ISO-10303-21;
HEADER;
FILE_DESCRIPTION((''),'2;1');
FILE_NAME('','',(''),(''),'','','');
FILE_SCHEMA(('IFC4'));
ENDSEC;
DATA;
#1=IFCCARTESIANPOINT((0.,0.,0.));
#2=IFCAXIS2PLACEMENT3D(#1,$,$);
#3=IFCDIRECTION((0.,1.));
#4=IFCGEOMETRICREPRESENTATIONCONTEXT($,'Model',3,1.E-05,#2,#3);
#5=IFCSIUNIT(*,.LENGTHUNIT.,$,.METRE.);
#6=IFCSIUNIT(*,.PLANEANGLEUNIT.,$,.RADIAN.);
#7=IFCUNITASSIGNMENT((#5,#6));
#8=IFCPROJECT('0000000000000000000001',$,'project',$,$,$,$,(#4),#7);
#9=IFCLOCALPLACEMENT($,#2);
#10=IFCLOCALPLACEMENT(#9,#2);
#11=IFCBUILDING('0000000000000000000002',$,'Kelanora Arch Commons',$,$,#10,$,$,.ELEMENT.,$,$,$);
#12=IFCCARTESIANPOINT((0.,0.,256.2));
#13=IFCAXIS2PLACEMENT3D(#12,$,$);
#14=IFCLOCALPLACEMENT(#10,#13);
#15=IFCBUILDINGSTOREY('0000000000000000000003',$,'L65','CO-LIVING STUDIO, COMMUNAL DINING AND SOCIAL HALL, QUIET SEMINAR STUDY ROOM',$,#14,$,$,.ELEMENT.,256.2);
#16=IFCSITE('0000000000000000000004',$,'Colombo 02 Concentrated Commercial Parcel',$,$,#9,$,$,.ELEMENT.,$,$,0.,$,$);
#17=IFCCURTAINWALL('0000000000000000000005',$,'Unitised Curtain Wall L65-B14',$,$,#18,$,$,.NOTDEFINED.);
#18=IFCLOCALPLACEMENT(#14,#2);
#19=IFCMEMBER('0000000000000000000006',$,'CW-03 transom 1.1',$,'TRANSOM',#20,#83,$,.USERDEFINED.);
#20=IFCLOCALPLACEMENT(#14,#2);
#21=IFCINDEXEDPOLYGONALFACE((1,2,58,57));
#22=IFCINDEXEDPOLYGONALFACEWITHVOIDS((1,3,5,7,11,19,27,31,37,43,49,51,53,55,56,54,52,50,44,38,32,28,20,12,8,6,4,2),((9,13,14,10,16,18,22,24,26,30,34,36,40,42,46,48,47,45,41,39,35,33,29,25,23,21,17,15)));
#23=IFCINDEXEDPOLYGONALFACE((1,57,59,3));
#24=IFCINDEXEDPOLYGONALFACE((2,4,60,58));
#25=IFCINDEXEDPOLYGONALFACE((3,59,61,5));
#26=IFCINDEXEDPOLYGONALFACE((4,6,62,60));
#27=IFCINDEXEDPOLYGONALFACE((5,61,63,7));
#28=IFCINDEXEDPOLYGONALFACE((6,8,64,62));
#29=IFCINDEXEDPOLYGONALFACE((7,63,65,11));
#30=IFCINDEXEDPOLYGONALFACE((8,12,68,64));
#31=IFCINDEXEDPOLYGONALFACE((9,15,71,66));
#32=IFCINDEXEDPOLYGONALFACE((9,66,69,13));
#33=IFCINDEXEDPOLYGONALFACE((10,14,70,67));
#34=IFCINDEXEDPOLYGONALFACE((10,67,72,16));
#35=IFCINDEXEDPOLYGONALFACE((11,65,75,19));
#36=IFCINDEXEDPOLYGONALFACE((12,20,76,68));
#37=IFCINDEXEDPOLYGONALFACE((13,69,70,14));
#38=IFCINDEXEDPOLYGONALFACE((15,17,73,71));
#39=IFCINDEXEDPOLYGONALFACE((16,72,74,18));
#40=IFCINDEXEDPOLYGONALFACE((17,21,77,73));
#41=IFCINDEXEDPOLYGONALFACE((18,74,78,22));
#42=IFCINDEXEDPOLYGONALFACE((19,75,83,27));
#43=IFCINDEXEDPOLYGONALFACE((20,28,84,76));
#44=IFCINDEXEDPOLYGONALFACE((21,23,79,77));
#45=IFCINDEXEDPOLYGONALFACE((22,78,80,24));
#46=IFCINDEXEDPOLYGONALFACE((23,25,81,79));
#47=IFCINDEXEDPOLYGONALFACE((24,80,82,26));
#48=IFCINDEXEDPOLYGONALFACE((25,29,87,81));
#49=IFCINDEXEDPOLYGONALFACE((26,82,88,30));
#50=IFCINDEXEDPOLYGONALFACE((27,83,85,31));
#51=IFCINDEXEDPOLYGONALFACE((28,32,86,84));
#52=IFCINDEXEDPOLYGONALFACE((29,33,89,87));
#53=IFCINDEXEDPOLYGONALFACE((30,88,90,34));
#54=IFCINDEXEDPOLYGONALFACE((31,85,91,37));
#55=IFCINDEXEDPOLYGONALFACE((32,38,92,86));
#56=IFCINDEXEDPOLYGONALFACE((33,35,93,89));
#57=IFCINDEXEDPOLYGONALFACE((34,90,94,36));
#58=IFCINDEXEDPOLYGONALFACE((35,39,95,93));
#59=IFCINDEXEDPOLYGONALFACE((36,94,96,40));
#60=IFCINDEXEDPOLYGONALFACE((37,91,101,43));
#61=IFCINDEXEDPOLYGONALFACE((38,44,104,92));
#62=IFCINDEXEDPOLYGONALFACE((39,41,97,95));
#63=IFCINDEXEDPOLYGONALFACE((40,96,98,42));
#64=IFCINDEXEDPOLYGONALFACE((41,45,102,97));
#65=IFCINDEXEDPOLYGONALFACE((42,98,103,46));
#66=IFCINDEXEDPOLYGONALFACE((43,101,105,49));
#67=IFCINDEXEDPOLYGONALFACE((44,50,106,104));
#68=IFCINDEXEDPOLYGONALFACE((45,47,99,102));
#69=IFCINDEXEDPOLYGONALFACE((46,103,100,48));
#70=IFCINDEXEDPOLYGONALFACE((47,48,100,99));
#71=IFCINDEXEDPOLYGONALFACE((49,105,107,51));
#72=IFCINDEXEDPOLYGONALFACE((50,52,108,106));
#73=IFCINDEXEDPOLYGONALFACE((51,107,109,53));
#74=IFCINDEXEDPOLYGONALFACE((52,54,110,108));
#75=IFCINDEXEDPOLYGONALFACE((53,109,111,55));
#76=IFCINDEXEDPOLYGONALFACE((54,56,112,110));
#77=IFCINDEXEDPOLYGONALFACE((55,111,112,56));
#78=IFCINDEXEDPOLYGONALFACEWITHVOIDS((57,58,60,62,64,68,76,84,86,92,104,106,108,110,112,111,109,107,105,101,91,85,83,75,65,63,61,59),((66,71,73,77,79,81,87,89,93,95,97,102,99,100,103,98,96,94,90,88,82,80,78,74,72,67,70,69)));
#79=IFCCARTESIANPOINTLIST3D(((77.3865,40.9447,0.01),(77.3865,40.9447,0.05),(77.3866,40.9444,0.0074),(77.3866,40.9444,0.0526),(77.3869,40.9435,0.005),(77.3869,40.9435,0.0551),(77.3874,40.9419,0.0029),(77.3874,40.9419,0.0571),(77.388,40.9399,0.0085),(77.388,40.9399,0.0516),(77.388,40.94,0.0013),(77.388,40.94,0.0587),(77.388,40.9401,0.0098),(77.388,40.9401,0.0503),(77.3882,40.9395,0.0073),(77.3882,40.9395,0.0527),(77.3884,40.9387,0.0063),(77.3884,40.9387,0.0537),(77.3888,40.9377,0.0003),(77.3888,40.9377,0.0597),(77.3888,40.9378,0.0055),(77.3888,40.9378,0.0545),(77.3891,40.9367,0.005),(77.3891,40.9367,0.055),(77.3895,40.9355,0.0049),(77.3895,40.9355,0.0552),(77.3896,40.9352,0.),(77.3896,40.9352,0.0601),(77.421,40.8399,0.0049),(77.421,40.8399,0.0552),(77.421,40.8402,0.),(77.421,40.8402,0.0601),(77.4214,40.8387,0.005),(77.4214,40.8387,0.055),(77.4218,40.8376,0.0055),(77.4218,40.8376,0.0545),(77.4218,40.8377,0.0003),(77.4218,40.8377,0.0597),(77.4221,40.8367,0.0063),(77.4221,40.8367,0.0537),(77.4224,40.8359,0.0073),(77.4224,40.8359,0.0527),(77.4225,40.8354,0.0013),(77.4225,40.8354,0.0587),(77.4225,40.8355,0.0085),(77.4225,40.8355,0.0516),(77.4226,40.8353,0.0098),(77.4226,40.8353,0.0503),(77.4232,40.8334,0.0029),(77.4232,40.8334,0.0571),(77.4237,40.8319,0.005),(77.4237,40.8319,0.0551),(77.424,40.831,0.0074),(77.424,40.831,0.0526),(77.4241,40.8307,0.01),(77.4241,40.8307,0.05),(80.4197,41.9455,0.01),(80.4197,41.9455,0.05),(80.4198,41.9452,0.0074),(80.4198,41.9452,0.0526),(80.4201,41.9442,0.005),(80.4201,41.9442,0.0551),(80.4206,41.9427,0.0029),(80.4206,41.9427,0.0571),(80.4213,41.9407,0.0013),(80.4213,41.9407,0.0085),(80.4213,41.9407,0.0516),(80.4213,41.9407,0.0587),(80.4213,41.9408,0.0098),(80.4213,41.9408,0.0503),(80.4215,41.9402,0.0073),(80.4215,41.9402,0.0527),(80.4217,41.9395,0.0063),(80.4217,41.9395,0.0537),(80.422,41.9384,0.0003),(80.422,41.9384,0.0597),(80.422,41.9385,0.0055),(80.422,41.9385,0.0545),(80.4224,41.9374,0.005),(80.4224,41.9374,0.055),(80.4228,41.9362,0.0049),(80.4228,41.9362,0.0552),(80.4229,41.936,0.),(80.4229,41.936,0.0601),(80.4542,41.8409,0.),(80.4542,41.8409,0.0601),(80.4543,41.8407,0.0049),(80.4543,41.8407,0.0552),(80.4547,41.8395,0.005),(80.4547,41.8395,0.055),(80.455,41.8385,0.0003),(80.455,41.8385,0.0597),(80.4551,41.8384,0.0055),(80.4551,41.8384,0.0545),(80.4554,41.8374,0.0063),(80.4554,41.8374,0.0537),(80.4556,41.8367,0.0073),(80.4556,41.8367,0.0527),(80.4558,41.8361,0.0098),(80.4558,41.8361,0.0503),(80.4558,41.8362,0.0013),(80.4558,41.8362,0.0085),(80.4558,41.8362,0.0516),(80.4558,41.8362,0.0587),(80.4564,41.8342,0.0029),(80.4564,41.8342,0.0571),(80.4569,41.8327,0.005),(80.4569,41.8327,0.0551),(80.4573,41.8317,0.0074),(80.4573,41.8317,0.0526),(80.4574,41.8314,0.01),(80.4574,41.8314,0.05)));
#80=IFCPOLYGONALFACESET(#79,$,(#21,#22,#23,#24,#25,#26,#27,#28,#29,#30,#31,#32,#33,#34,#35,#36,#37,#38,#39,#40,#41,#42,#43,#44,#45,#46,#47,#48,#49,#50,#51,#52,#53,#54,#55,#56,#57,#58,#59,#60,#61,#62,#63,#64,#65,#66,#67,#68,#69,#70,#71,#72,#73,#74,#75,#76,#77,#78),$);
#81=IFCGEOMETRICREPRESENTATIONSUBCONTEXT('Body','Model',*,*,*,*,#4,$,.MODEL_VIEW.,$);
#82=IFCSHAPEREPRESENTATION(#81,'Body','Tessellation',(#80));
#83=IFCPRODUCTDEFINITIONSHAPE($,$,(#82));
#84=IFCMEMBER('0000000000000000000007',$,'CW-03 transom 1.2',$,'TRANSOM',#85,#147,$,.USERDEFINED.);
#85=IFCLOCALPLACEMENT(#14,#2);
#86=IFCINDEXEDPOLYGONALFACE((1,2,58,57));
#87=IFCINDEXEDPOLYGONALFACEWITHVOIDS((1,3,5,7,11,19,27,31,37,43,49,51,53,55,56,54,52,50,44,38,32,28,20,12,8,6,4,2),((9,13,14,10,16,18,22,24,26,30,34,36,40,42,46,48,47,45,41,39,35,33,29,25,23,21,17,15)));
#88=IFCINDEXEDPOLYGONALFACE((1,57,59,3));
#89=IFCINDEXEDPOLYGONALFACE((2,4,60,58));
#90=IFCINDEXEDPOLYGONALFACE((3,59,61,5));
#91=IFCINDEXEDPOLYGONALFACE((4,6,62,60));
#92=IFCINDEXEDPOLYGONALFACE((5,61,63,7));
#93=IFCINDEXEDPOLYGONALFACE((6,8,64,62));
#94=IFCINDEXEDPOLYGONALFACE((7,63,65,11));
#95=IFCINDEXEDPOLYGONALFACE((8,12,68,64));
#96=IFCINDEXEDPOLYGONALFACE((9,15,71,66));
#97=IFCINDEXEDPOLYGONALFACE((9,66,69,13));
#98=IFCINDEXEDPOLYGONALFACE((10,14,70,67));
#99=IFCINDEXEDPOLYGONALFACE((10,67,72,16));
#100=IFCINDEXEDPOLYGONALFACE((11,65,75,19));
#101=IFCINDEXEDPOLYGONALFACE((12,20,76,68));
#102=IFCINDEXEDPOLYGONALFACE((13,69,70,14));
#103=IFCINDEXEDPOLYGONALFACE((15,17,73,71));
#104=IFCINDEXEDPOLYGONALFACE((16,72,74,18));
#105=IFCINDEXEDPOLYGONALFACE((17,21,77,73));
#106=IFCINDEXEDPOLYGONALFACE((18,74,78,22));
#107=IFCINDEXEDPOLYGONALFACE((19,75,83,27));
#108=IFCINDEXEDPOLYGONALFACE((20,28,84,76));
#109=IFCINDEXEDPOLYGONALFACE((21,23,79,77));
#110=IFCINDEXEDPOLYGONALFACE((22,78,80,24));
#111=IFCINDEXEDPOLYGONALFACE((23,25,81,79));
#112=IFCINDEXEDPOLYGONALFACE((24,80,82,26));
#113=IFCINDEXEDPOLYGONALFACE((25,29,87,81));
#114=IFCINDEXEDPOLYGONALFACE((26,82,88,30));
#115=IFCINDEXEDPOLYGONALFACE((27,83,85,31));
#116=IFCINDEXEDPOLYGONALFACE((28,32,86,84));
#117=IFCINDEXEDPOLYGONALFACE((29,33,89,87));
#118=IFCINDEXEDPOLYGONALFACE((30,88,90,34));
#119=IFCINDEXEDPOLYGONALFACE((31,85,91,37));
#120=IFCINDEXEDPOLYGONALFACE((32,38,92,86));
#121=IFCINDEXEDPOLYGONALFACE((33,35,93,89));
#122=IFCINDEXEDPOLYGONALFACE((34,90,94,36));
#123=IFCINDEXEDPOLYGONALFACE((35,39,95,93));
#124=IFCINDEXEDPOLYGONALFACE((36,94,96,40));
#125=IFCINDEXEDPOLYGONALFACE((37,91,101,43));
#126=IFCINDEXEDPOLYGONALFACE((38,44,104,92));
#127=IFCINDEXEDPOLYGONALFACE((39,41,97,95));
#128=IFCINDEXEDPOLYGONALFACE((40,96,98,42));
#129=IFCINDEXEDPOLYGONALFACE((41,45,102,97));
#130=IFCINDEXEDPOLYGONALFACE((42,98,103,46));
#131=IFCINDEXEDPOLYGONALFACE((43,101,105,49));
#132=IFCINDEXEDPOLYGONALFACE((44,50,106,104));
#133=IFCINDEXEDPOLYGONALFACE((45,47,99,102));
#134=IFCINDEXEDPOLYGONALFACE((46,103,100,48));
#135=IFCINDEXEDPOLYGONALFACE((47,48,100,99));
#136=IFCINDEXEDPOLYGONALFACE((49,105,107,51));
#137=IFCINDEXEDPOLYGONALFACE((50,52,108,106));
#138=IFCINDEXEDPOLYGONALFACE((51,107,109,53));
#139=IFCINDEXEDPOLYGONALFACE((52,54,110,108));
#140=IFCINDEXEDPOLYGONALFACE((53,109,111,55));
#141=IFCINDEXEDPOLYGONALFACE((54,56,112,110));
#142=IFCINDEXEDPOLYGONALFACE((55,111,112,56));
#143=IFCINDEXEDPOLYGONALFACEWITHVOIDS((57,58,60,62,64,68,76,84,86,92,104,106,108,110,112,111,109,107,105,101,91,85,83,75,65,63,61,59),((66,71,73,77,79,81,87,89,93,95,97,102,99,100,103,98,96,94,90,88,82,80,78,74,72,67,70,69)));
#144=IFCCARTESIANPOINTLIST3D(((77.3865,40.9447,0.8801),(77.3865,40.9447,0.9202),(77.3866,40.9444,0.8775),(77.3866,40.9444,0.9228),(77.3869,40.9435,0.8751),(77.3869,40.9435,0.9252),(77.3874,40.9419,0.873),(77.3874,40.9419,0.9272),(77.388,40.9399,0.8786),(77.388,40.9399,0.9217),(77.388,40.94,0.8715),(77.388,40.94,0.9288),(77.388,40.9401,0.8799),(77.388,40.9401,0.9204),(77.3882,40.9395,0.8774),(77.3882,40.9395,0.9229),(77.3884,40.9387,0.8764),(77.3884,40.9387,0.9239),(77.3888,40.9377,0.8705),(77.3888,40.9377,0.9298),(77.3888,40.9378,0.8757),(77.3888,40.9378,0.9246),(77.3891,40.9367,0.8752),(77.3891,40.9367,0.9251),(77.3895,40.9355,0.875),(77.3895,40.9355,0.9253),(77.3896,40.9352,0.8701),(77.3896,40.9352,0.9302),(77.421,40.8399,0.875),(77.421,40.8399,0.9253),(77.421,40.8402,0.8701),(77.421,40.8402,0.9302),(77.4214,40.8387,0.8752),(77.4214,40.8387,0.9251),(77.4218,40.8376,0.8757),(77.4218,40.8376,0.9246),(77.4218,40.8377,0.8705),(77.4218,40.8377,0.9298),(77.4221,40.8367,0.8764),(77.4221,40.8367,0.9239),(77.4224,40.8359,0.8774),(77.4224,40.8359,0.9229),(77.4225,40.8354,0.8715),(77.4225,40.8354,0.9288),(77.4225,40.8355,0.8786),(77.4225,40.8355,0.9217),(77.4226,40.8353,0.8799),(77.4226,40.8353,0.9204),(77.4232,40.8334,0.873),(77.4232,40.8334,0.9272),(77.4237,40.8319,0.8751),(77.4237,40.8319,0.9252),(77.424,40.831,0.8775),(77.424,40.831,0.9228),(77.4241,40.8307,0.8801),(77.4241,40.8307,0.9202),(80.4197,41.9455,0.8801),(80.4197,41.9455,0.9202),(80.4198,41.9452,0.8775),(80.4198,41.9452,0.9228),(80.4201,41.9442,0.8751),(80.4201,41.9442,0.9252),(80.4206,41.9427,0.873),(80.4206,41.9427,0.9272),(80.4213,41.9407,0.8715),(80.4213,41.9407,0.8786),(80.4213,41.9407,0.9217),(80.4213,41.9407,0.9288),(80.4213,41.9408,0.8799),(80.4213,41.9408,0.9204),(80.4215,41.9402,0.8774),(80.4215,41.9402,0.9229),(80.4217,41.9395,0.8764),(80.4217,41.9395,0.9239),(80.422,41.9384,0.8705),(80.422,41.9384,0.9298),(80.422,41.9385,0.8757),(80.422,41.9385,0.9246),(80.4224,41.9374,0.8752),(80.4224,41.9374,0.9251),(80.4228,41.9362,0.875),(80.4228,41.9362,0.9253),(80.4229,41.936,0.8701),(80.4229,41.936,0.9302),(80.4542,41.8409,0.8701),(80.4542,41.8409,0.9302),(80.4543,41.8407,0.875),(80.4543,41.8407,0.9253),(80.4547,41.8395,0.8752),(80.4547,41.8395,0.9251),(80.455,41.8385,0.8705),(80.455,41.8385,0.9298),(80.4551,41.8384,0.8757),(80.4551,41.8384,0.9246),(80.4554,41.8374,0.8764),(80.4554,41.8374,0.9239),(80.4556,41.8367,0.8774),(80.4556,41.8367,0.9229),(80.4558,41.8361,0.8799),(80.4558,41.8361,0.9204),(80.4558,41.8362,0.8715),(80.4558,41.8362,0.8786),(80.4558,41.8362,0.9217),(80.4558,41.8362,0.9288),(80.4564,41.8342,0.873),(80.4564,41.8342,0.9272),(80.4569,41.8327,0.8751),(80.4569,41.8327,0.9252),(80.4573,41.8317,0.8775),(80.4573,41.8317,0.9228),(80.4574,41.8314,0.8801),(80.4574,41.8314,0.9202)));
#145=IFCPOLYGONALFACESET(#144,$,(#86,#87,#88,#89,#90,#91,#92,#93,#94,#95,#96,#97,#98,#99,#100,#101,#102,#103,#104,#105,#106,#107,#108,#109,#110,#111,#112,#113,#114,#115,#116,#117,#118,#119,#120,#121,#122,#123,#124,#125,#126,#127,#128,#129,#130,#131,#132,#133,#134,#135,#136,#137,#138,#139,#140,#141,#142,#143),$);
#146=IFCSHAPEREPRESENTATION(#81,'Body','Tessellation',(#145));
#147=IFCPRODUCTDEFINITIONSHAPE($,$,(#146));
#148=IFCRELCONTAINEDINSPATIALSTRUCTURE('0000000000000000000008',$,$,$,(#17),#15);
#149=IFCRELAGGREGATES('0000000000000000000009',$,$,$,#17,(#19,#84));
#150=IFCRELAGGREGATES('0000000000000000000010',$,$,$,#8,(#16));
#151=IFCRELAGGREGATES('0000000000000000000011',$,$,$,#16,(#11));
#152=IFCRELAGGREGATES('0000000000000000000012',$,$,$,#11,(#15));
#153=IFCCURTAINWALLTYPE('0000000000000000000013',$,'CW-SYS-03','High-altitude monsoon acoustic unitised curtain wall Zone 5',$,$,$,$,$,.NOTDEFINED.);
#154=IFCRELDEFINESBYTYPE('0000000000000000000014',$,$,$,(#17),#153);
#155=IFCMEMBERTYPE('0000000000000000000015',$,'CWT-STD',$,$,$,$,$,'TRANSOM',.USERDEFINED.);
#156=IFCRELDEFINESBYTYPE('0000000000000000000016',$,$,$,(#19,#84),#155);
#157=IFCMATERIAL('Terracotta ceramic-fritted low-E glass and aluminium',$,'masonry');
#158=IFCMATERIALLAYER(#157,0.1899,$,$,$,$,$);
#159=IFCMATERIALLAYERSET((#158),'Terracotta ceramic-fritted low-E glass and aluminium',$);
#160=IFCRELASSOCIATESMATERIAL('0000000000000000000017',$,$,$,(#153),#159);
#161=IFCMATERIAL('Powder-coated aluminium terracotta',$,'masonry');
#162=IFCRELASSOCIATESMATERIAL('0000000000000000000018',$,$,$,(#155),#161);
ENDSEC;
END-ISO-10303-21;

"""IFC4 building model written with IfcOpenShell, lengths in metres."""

from ifc_helpers import new_model, si_unit, direction, frame, origin, origin_2d, place, context, subcontext, project, spatial, hollow_rectangle, extrude, material, layer, layer_set, material_profile, profile_set, type_object, element, aggregate, save


model = new_model("IFC4")

# Units and contexts
model_context = context("Model", 3, precision=1e-05, world=origin(), true_north=direction((0.0, 1.0)))
body_context = subcontext(model_context, "Body", "Model", "MODEL_VIEW")
ifc_project = project(units=[si_unit("LENGTHUNIT", "METRE"), si_unit("PLANEANGLEUNIT", "RADIAN")], contexts=[model_context])

# Site, building, storey
site_placement = place(None, origin())
site = spatial("IfcSite", under=ifc_project, at=site_placement, Name="Colombo 02 Concentrated Commercial Parcel", CompositionType="ELEMENT", RefElevation=0.0)
building_placement = place(site_placement, origin())
building = spatial("IfcBuilding", under=site, at=building_placement, Name="Kelanora Arch Commons", CompositionType="ELEMENT")
storey_placement = place(building_placement, frame((0.0, 0.0, 256.2)))
storey = spatial("IfcBuildingStorey", under=building, at=storey_placement, Name="L65", Description="CO-LIVING STUDIO, COMMUNAL DINING AND SOCIAL HALL, QUIET SEMINAR STUDY ROOM", CompositionType="ELEMENT", Elevation=256.2)

# Curtain wall, members
ifc_material_1 = material(Name="Terracotta ceramic-fritted low-E glass and aluminium", Category="masonry")
ifc_layer_1 = layer(ifc_material_1, 0.1899)
ifc_layer_set_1 = layer_set([ifc_layer_1], Name="Terracotta ceramic-fritted low-E glass and aluminium")
curtain_wall_type = type_object("IfcCurtainWallType", Name="CW-SYS-03", Description="High-altitude monsoon acoustic unitised curtain wall Zone 5", PredefinedType="NOTDEFINED", material=ifc_layer_set_1)
curtain_wall_placement = place(storey_placement, origin())
curtain_wall = element("IfcCurtainWall", 1, at=curtain_wall_placement, inside=storey, type_object=curtain_wall_type, Name="Unitised Curtain Wall L65-B14", PredefinedType="NOTDEFINED")
ifc_material_2 = material(Name="Powder-coated aluminium terracotta", Category="masonry")
ifc_material_profile_1 = material_profile(ifc_material_2, hollow_rectangle(XDim=0.1201, YDim=0.0601, WallThickness=0.0049, InnerFilletRadius=0.0049, OuterFilletRadius=0.01, at=origin_2d()), Name="CWT120x60")
ifc_profile_set_1 = profile_set([ifc_material_profile_1], Name="Powder-coated aluminium terracotta")
member_type_1 = type_object("IfcMemberType", Name="CWT-STD", ElementType="TRANSOM", PredefinedType="USERDEFINED", material=ifc_profile_set_1)
member_1_placement = place(storey_placement, frame((77.4053, 40.8877, 0.03), z_axis=(0.94965, 0.313314, 0.0), x_axis=(-0.313314, 0.94965, 0.0)))
member_1 = element("IfcMember", 2, at=member_1_placement, type_object=member_type_1, Name="CW-03 transom 1.1", ObjectType="TRANSOM", PredefinedType="USERDEFINED", context=body_context, shape_type="SweptSolid", body=[
    extrude(hollow_rectangle(XDim=0.1201, YDim=0.0601, WallThickness=0.0049, InnerFilletRadius=0.0049, OuterFilletRadius=0.01, at=origin_2d()), origin(), (0.0, 0.0, 1.0), 3.1941),
])
member_2_placement = place(storey_placement, frame((77.4053, 40.8877, 0.9001), z_axis=(0.94965, 0.313314, 0.0), x_axis=(-0.313314, 0.94965, 0.0)))
member_2 = element("IfcMember", 3, at=member_2_placement, type_object=member_type_1, Name="CW-03 transom 1.2", ObjectType="TRANSOM", PredefinedType="USERDEFINED", context=body_context, shape_type="SweptSolid", body=[
    extrude(hollow_rectangle(XDim=0.1201, YDim=0.0601, WallThickness=0.0049, InnerFilletRadius=0.0049, OuterFilletRadius=0.01, at=origin_2d()), origin(), (0.0, 0.0, 1.0), 3.1941),
])
aggregate(curtain_wall, [member_1, member_2])

save(model, "model.ifc")
